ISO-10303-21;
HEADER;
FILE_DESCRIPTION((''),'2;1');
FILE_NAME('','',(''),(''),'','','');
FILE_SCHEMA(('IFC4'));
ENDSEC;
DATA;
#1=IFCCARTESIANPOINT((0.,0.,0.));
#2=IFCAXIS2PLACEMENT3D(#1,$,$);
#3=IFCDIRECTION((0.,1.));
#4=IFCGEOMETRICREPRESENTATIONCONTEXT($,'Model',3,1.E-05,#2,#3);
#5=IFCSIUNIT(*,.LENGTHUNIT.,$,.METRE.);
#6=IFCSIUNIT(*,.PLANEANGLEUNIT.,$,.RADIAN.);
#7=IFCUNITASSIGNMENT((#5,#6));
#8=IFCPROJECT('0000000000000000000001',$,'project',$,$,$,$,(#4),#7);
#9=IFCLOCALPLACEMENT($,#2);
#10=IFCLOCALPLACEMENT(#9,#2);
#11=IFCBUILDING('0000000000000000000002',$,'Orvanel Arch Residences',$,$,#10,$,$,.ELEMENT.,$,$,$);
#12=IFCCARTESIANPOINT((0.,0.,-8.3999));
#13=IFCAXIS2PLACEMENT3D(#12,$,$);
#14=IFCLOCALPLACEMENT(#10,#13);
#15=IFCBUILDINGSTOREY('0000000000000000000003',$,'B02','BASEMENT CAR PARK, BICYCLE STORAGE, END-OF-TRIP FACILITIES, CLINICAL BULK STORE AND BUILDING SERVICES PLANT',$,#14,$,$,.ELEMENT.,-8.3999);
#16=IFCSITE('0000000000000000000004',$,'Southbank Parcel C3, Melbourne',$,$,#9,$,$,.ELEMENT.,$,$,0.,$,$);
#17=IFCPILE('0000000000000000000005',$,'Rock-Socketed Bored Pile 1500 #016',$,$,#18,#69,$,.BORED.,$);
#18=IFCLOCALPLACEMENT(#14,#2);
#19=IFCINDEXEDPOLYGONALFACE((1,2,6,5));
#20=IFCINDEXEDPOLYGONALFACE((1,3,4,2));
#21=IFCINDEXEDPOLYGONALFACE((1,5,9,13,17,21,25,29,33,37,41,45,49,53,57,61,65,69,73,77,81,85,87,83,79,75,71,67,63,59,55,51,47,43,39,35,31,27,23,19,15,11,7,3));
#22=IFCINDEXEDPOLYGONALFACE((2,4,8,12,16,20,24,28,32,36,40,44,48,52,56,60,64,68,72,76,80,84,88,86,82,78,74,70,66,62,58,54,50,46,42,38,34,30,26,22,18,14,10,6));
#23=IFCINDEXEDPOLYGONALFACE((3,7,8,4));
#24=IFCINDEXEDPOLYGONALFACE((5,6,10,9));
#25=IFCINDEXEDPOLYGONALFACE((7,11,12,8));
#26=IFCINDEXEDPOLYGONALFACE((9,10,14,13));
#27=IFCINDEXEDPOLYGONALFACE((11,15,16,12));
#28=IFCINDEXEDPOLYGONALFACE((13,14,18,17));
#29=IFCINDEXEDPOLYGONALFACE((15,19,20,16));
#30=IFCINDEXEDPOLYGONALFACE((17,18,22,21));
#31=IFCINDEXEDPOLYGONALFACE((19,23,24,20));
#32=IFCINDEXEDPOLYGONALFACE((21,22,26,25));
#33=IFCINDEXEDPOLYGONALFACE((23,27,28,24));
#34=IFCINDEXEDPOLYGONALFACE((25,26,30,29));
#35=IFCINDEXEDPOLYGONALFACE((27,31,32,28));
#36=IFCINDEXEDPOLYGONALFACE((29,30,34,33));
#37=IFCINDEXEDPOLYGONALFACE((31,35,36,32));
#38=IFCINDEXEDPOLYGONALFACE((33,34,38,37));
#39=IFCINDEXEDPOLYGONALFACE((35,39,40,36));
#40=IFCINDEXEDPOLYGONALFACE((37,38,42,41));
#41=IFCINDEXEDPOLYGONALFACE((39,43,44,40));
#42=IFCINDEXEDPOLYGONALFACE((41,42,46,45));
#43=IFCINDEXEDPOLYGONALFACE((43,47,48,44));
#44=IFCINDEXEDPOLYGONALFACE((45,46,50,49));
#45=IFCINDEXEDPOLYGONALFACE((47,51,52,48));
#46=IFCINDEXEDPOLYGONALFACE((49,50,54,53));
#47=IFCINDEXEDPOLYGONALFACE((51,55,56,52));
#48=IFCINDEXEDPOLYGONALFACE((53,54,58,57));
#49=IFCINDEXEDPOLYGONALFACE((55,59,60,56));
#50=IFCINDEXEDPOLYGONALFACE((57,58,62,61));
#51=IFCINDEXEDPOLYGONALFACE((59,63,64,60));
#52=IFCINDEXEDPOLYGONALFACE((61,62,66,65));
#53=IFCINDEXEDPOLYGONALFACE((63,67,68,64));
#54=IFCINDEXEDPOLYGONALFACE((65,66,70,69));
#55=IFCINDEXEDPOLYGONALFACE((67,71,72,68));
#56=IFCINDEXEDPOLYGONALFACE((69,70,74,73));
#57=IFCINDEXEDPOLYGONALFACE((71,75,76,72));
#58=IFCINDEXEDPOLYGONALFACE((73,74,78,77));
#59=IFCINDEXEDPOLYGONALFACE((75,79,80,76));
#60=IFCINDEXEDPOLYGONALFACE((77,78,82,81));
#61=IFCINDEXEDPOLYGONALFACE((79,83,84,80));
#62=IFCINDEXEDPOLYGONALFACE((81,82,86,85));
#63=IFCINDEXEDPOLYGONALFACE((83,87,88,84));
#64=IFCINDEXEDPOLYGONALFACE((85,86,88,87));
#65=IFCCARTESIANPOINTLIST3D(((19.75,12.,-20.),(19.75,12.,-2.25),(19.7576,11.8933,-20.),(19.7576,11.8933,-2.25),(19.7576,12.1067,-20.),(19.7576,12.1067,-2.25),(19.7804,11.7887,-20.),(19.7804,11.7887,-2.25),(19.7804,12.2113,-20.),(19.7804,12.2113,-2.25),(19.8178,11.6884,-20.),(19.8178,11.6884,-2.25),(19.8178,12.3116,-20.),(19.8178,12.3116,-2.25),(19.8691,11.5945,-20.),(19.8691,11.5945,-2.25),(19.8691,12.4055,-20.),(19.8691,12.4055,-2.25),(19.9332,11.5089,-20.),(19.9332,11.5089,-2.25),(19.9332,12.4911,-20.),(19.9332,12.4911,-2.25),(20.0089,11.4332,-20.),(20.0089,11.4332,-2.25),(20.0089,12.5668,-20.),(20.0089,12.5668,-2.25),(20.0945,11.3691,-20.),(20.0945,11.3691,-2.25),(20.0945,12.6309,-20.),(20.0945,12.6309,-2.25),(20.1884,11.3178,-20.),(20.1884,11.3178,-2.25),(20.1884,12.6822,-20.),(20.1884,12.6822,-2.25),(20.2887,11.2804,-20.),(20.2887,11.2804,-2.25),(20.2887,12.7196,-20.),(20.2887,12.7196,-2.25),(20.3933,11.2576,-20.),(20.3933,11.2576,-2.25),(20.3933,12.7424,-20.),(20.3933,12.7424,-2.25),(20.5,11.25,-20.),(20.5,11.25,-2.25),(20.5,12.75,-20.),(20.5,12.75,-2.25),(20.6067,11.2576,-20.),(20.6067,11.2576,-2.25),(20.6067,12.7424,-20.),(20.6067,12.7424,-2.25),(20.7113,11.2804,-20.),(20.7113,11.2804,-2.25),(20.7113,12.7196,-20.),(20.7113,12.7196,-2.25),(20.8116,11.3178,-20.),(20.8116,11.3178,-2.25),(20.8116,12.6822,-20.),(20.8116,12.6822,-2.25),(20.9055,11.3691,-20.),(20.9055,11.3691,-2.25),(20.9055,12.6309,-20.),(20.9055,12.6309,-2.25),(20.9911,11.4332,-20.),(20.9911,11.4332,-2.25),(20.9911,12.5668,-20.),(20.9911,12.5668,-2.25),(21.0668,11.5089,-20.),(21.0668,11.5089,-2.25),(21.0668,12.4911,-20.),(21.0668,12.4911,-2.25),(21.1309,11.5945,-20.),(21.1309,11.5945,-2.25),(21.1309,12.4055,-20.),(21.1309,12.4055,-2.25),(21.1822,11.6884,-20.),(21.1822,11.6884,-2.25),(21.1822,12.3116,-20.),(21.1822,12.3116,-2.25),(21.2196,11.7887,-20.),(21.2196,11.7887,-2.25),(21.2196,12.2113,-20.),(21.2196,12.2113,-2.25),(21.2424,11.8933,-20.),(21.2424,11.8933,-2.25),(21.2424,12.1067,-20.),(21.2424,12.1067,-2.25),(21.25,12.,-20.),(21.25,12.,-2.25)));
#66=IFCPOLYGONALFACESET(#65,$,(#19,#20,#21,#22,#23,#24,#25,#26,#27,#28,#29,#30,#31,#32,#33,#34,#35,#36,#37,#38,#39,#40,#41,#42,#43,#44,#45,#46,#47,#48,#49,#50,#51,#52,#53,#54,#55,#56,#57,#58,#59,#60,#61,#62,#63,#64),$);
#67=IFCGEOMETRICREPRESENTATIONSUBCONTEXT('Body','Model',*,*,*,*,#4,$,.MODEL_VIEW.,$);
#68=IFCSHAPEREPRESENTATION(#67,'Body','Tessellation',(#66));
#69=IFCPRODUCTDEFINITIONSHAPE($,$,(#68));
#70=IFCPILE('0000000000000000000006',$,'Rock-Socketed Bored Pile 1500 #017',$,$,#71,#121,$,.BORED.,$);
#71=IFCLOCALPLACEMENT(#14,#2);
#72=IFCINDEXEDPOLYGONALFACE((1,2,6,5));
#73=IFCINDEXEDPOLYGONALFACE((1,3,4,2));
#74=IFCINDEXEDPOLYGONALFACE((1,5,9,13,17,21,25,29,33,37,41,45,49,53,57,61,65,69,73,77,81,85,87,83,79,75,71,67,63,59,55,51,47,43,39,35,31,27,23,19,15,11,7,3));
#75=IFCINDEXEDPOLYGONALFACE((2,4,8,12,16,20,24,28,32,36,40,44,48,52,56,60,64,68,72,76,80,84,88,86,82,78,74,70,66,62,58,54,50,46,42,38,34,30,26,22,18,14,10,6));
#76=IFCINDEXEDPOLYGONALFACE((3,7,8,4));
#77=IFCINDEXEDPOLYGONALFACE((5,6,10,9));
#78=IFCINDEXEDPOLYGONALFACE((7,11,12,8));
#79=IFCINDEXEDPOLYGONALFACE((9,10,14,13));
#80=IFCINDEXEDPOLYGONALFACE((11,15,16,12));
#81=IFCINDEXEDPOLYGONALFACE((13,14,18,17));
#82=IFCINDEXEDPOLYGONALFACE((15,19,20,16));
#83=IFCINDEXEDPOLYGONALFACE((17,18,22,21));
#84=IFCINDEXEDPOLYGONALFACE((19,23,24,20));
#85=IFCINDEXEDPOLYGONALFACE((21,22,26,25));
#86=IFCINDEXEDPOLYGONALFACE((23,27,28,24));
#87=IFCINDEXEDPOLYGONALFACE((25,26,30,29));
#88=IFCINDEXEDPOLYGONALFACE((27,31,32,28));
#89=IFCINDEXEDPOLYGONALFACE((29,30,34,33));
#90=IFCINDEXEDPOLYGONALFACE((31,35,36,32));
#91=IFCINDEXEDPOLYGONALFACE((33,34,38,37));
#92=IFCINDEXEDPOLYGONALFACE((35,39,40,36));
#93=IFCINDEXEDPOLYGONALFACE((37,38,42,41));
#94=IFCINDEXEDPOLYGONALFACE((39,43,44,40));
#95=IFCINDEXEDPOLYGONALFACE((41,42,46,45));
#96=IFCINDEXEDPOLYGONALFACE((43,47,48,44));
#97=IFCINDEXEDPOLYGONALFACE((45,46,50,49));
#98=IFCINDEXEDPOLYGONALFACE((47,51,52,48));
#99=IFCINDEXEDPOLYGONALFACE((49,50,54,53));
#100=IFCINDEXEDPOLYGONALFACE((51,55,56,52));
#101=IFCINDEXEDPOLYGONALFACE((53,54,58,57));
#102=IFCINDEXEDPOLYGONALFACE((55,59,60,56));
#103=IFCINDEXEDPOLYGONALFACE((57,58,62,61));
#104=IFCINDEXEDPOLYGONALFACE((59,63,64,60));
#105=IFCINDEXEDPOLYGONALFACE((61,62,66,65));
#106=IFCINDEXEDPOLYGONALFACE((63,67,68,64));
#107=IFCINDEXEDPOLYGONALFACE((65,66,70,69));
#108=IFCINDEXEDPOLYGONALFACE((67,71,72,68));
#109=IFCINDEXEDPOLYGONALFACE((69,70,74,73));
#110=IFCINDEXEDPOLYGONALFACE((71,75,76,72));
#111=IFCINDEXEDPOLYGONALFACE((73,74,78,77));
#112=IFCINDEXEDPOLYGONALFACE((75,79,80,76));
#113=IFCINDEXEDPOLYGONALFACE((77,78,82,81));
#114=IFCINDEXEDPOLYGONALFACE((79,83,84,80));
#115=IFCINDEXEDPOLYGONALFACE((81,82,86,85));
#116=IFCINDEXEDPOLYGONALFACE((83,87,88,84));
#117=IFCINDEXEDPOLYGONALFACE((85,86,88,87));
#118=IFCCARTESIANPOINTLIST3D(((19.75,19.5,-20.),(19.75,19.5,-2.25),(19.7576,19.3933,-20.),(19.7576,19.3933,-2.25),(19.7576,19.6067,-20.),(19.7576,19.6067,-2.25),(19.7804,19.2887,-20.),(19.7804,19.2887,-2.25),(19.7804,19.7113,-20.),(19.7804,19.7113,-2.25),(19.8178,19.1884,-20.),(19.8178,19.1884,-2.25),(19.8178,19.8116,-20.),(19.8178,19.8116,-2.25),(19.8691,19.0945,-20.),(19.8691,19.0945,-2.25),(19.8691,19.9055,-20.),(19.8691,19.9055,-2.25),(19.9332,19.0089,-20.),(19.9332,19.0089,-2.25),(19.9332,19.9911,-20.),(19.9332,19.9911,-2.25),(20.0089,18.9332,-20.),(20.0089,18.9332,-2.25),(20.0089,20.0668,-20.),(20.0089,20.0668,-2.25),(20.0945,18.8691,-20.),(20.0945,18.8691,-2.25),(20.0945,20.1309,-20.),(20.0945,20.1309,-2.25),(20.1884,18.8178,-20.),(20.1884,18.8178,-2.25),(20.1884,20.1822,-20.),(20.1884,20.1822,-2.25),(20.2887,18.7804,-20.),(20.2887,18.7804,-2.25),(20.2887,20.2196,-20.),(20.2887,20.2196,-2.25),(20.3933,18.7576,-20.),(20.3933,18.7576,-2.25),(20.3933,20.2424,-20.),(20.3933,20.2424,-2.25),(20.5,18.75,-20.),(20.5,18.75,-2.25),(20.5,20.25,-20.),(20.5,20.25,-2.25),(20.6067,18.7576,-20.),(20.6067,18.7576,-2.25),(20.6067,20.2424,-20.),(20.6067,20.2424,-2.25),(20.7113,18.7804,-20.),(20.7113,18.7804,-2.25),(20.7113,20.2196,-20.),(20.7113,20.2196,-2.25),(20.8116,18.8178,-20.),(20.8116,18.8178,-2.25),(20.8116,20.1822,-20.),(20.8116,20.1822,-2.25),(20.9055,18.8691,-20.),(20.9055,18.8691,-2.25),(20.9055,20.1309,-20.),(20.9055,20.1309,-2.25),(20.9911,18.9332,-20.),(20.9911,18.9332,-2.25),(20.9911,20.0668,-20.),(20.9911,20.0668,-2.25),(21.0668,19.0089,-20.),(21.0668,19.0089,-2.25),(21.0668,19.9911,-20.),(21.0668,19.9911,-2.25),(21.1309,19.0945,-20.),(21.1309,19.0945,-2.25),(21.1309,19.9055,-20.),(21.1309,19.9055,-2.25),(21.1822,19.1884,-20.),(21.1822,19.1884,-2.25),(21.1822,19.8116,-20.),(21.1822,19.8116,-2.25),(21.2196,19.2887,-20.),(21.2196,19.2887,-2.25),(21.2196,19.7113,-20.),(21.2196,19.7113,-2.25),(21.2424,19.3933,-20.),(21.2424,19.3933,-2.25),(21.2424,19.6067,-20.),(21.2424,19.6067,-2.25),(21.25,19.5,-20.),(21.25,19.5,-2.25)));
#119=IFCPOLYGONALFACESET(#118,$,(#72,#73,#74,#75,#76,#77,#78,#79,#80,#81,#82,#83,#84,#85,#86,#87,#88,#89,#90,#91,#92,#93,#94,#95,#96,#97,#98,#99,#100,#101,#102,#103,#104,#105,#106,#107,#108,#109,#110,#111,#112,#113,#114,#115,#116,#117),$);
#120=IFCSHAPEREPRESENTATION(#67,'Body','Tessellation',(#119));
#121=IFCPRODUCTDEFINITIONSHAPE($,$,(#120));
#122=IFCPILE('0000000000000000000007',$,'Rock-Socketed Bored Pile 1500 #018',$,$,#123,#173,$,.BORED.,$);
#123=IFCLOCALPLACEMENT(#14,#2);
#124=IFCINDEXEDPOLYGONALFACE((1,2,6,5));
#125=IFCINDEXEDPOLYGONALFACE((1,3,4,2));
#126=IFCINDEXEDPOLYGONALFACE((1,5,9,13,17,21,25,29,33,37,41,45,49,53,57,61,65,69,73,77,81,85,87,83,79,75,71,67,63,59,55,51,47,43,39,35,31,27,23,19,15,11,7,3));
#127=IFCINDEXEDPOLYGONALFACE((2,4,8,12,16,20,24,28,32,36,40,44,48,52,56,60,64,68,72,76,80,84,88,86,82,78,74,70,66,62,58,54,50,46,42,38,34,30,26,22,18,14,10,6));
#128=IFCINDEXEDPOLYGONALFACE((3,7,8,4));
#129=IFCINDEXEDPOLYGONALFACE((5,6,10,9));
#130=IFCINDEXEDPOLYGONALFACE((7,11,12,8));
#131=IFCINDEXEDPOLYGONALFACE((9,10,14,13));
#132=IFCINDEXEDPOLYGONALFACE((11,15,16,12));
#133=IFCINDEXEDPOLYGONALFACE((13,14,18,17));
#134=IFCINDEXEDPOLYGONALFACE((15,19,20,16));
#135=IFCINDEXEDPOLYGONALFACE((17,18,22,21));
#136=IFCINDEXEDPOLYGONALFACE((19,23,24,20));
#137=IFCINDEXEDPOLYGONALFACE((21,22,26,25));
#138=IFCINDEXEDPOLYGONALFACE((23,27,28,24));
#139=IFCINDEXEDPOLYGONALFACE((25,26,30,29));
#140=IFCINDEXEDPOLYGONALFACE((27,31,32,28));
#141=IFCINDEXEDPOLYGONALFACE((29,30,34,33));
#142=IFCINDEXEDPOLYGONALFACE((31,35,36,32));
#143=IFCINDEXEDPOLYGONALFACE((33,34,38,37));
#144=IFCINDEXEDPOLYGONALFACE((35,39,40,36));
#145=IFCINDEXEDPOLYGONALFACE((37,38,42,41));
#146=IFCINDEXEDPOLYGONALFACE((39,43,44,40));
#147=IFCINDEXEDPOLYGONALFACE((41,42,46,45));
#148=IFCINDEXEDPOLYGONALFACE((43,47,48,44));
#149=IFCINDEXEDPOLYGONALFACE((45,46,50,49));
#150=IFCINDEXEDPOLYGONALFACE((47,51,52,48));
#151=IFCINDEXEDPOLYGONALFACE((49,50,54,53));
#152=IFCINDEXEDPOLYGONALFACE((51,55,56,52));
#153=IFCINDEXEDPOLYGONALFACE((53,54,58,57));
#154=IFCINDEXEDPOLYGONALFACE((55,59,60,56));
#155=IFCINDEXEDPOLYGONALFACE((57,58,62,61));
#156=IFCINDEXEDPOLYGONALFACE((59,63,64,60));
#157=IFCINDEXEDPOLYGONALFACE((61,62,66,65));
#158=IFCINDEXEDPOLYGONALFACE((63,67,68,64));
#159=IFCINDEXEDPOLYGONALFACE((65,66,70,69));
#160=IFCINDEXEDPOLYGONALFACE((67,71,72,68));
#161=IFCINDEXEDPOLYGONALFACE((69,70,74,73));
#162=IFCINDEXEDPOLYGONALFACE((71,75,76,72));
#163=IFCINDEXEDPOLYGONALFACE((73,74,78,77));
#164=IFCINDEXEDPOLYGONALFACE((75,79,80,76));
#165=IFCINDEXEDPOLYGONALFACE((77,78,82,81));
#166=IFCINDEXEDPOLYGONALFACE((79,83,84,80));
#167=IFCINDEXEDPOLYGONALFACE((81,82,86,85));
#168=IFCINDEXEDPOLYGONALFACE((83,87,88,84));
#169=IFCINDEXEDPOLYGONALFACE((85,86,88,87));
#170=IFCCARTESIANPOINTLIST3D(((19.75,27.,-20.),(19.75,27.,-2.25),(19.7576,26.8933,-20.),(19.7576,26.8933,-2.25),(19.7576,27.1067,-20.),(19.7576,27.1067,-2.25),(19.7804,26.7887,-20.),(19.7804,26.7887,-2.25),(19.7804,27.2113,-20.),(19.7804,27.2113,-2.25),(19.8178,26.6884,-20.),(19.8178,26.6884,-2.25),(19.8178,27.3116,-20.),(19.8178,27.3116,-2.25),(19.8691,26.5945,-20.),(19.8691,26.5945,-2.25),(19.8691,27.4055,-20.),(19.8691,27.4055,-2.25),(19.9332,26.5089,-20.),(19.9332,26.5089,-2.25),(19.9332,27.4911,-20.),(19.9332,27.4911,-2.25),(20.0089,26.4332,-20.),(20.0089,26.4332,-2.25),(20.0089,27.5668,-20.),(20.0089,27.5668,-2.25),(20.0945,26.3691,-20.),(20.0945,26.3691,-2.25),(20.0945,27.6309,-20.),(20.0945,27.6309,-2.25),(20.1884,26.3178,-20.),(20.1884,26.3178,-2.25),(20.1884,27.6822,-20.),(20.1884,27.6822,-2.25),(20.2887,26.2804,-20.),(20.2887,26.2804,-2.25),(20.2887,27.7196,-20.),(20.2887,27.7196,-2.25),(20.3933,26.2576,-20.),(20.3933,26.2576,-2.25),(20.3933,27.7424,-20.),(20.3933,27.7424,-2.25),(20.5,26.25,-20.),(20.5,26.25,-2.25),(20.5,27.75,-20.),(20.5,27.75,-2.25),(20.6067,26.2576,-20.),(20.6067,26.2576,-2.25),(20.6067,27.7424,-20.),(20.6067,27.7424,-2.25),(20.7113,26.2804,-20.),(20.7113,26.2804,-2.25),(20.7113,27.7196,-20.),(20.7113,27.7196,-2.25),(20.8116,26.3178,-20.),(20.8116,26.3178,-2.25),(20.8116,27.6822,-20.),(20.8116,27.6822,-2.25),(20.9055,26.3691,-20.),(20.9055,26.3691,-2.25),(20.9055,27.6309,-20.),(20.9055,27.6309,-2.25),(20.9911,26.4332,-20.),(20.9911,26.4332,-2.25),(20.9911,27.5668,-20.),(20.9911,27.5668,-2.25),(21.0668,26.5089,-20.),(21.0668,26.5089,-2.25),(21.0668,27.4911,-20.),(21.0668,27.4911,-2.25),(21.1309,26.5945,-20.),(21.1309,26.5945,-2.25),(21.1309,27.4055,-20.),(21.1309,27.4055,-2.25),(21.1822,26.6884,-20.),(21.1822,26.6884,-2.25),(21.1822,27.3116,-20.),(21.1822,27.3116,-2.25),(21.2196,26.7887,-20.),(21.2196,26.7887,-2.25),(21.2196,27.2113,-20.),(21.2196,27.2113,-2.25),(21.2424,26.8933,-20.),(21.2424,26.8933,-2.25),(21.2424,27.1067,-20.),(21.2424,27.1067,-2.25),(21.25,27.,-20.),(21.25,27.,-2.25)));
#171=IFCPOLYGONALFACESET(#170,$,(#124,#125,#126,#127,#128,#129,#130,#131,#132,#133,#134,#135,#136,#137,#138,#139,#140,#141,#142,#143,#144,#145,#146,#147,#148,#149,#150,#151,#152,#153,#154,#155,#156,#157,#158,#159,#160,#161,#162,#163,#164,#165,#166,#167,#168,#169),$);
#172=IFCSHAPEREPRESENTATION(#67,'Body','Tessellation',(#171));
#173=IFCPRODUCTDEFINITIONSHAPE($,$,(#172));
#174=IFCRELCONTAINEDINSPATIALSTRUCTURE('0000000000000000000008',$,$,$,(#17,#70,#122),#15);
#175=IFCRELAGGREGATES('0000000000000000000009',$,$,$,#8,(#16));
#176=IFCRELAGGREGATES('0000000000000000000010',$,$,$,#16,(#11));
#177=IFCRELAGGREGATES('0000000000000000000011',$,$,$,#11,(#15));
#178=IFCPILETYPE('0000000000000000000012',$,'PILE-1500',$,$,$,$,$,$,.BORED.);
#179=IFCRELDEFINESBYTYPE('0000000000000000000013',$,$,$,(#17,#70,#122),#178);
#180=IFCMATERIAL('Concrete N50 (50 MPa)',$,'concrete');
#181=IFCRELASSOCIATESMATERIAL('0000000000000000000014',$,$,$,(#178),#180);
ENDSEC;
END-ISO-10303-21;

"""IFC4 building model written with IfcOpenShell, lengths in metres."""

from ifc_helpers import new_model, si_unit, direction, frame, origin, origin_2d, place, context, subcontext, project, spatial, circle, extrude, material, material_profile, profile_set, type_object, element, save


model = new_model("IFC4")

# Units and contexts
model_context = context("Model", 3, precision=1e-05, world=origin(), true_north=direction((0.0, 1.0)))
body_context = subcontext(model_context, "Body", "Model", "MODEL_VIEW")
ifc_project = project(units=[si_unit("LENGTHUNIT", "METRE"), si_unit("PLANEANGLEUNIT", "RADIAN")], contexts=[model_context])

# Site, building, storey
site_placement = place(None, origin())
site = spatial("IfcSite", under=ifc_project, at=site_placement, Name="Southbank Parcel C3, Melbourne", CompositionType="ELEMENT", RefElevation=0.0)
building_placement = place(site_placement, origin())
building = spatial("IfcBuilding", under=site, at=building_placement, Name="Orvanel Arch Residences", CompositionType="ELEMENT")
storey_placement = place(building_placement, frame((0.0, 0.0, -8.3999)))
storey = spatial("IfcBuildingStorey", under=building, at=storey_placement, Name="B02", Description="BASEMENT CAR PARK, BICYCLE STORAGE, END-OF-TRIP FACILITIES, CLINICAL BULK STORE AND BUILDING SERVICES PLANT", CompositionType="ELEMENT", Elevation=-8.3999)

# Piles
ifc_material_1 = material(Name="Concrete N50 (50 MPa)", Category="concrete")
ifc_material_profile_1 = material_profile(ifc_material_1, circle(Radius=0.75, at=origin_2d()), Name="PILE1500")
ifc_profile_set_1 = profile_set([ifc_material_profile_1], Name="Concrete N50 (50 MPa)")
pile_type = type_object("IfcPileType", Name="PILE-1500", PredefinedType="BORED", material=ifc_profile_set_1)
for number, where, z_axis, x_axis, name in (
    (1, (20.5, 12.0, -2.25), (0.0, 0.0, -1.0), (1.0, 0.0, 0.0), "Rock-Socketed Bored Pile 1500 #016"),
    (2, (20.5, 19.5, -2.25), (0.0, 0.0, -1.0), (1.0, 0.0, 0.0), "Rock-Socketed Bored Pile 1500 #017"),
    (3, (20.5, 27.0, -2.25), (0.0, 0.0, -1.0), (1.0, 0.0, 0.0), "Rock-Socketed Bored Pile 1500 #018"),
):
    element("IfcPile", number, at=place(storey_placement, frame(where, z_axis=z_axis, x_axis=x_axis)), inside=storey, type_object=pile_type, Name=name, PredefinedType="BORED", context=body_context, shape_type="SweptSolid", body=[
        extrude(circle(Radius=0.75, at=origin_2d()), origin(), (0.0, 0.0, 1.0), 17.75),
    ])

save(model, "model.ifc")
